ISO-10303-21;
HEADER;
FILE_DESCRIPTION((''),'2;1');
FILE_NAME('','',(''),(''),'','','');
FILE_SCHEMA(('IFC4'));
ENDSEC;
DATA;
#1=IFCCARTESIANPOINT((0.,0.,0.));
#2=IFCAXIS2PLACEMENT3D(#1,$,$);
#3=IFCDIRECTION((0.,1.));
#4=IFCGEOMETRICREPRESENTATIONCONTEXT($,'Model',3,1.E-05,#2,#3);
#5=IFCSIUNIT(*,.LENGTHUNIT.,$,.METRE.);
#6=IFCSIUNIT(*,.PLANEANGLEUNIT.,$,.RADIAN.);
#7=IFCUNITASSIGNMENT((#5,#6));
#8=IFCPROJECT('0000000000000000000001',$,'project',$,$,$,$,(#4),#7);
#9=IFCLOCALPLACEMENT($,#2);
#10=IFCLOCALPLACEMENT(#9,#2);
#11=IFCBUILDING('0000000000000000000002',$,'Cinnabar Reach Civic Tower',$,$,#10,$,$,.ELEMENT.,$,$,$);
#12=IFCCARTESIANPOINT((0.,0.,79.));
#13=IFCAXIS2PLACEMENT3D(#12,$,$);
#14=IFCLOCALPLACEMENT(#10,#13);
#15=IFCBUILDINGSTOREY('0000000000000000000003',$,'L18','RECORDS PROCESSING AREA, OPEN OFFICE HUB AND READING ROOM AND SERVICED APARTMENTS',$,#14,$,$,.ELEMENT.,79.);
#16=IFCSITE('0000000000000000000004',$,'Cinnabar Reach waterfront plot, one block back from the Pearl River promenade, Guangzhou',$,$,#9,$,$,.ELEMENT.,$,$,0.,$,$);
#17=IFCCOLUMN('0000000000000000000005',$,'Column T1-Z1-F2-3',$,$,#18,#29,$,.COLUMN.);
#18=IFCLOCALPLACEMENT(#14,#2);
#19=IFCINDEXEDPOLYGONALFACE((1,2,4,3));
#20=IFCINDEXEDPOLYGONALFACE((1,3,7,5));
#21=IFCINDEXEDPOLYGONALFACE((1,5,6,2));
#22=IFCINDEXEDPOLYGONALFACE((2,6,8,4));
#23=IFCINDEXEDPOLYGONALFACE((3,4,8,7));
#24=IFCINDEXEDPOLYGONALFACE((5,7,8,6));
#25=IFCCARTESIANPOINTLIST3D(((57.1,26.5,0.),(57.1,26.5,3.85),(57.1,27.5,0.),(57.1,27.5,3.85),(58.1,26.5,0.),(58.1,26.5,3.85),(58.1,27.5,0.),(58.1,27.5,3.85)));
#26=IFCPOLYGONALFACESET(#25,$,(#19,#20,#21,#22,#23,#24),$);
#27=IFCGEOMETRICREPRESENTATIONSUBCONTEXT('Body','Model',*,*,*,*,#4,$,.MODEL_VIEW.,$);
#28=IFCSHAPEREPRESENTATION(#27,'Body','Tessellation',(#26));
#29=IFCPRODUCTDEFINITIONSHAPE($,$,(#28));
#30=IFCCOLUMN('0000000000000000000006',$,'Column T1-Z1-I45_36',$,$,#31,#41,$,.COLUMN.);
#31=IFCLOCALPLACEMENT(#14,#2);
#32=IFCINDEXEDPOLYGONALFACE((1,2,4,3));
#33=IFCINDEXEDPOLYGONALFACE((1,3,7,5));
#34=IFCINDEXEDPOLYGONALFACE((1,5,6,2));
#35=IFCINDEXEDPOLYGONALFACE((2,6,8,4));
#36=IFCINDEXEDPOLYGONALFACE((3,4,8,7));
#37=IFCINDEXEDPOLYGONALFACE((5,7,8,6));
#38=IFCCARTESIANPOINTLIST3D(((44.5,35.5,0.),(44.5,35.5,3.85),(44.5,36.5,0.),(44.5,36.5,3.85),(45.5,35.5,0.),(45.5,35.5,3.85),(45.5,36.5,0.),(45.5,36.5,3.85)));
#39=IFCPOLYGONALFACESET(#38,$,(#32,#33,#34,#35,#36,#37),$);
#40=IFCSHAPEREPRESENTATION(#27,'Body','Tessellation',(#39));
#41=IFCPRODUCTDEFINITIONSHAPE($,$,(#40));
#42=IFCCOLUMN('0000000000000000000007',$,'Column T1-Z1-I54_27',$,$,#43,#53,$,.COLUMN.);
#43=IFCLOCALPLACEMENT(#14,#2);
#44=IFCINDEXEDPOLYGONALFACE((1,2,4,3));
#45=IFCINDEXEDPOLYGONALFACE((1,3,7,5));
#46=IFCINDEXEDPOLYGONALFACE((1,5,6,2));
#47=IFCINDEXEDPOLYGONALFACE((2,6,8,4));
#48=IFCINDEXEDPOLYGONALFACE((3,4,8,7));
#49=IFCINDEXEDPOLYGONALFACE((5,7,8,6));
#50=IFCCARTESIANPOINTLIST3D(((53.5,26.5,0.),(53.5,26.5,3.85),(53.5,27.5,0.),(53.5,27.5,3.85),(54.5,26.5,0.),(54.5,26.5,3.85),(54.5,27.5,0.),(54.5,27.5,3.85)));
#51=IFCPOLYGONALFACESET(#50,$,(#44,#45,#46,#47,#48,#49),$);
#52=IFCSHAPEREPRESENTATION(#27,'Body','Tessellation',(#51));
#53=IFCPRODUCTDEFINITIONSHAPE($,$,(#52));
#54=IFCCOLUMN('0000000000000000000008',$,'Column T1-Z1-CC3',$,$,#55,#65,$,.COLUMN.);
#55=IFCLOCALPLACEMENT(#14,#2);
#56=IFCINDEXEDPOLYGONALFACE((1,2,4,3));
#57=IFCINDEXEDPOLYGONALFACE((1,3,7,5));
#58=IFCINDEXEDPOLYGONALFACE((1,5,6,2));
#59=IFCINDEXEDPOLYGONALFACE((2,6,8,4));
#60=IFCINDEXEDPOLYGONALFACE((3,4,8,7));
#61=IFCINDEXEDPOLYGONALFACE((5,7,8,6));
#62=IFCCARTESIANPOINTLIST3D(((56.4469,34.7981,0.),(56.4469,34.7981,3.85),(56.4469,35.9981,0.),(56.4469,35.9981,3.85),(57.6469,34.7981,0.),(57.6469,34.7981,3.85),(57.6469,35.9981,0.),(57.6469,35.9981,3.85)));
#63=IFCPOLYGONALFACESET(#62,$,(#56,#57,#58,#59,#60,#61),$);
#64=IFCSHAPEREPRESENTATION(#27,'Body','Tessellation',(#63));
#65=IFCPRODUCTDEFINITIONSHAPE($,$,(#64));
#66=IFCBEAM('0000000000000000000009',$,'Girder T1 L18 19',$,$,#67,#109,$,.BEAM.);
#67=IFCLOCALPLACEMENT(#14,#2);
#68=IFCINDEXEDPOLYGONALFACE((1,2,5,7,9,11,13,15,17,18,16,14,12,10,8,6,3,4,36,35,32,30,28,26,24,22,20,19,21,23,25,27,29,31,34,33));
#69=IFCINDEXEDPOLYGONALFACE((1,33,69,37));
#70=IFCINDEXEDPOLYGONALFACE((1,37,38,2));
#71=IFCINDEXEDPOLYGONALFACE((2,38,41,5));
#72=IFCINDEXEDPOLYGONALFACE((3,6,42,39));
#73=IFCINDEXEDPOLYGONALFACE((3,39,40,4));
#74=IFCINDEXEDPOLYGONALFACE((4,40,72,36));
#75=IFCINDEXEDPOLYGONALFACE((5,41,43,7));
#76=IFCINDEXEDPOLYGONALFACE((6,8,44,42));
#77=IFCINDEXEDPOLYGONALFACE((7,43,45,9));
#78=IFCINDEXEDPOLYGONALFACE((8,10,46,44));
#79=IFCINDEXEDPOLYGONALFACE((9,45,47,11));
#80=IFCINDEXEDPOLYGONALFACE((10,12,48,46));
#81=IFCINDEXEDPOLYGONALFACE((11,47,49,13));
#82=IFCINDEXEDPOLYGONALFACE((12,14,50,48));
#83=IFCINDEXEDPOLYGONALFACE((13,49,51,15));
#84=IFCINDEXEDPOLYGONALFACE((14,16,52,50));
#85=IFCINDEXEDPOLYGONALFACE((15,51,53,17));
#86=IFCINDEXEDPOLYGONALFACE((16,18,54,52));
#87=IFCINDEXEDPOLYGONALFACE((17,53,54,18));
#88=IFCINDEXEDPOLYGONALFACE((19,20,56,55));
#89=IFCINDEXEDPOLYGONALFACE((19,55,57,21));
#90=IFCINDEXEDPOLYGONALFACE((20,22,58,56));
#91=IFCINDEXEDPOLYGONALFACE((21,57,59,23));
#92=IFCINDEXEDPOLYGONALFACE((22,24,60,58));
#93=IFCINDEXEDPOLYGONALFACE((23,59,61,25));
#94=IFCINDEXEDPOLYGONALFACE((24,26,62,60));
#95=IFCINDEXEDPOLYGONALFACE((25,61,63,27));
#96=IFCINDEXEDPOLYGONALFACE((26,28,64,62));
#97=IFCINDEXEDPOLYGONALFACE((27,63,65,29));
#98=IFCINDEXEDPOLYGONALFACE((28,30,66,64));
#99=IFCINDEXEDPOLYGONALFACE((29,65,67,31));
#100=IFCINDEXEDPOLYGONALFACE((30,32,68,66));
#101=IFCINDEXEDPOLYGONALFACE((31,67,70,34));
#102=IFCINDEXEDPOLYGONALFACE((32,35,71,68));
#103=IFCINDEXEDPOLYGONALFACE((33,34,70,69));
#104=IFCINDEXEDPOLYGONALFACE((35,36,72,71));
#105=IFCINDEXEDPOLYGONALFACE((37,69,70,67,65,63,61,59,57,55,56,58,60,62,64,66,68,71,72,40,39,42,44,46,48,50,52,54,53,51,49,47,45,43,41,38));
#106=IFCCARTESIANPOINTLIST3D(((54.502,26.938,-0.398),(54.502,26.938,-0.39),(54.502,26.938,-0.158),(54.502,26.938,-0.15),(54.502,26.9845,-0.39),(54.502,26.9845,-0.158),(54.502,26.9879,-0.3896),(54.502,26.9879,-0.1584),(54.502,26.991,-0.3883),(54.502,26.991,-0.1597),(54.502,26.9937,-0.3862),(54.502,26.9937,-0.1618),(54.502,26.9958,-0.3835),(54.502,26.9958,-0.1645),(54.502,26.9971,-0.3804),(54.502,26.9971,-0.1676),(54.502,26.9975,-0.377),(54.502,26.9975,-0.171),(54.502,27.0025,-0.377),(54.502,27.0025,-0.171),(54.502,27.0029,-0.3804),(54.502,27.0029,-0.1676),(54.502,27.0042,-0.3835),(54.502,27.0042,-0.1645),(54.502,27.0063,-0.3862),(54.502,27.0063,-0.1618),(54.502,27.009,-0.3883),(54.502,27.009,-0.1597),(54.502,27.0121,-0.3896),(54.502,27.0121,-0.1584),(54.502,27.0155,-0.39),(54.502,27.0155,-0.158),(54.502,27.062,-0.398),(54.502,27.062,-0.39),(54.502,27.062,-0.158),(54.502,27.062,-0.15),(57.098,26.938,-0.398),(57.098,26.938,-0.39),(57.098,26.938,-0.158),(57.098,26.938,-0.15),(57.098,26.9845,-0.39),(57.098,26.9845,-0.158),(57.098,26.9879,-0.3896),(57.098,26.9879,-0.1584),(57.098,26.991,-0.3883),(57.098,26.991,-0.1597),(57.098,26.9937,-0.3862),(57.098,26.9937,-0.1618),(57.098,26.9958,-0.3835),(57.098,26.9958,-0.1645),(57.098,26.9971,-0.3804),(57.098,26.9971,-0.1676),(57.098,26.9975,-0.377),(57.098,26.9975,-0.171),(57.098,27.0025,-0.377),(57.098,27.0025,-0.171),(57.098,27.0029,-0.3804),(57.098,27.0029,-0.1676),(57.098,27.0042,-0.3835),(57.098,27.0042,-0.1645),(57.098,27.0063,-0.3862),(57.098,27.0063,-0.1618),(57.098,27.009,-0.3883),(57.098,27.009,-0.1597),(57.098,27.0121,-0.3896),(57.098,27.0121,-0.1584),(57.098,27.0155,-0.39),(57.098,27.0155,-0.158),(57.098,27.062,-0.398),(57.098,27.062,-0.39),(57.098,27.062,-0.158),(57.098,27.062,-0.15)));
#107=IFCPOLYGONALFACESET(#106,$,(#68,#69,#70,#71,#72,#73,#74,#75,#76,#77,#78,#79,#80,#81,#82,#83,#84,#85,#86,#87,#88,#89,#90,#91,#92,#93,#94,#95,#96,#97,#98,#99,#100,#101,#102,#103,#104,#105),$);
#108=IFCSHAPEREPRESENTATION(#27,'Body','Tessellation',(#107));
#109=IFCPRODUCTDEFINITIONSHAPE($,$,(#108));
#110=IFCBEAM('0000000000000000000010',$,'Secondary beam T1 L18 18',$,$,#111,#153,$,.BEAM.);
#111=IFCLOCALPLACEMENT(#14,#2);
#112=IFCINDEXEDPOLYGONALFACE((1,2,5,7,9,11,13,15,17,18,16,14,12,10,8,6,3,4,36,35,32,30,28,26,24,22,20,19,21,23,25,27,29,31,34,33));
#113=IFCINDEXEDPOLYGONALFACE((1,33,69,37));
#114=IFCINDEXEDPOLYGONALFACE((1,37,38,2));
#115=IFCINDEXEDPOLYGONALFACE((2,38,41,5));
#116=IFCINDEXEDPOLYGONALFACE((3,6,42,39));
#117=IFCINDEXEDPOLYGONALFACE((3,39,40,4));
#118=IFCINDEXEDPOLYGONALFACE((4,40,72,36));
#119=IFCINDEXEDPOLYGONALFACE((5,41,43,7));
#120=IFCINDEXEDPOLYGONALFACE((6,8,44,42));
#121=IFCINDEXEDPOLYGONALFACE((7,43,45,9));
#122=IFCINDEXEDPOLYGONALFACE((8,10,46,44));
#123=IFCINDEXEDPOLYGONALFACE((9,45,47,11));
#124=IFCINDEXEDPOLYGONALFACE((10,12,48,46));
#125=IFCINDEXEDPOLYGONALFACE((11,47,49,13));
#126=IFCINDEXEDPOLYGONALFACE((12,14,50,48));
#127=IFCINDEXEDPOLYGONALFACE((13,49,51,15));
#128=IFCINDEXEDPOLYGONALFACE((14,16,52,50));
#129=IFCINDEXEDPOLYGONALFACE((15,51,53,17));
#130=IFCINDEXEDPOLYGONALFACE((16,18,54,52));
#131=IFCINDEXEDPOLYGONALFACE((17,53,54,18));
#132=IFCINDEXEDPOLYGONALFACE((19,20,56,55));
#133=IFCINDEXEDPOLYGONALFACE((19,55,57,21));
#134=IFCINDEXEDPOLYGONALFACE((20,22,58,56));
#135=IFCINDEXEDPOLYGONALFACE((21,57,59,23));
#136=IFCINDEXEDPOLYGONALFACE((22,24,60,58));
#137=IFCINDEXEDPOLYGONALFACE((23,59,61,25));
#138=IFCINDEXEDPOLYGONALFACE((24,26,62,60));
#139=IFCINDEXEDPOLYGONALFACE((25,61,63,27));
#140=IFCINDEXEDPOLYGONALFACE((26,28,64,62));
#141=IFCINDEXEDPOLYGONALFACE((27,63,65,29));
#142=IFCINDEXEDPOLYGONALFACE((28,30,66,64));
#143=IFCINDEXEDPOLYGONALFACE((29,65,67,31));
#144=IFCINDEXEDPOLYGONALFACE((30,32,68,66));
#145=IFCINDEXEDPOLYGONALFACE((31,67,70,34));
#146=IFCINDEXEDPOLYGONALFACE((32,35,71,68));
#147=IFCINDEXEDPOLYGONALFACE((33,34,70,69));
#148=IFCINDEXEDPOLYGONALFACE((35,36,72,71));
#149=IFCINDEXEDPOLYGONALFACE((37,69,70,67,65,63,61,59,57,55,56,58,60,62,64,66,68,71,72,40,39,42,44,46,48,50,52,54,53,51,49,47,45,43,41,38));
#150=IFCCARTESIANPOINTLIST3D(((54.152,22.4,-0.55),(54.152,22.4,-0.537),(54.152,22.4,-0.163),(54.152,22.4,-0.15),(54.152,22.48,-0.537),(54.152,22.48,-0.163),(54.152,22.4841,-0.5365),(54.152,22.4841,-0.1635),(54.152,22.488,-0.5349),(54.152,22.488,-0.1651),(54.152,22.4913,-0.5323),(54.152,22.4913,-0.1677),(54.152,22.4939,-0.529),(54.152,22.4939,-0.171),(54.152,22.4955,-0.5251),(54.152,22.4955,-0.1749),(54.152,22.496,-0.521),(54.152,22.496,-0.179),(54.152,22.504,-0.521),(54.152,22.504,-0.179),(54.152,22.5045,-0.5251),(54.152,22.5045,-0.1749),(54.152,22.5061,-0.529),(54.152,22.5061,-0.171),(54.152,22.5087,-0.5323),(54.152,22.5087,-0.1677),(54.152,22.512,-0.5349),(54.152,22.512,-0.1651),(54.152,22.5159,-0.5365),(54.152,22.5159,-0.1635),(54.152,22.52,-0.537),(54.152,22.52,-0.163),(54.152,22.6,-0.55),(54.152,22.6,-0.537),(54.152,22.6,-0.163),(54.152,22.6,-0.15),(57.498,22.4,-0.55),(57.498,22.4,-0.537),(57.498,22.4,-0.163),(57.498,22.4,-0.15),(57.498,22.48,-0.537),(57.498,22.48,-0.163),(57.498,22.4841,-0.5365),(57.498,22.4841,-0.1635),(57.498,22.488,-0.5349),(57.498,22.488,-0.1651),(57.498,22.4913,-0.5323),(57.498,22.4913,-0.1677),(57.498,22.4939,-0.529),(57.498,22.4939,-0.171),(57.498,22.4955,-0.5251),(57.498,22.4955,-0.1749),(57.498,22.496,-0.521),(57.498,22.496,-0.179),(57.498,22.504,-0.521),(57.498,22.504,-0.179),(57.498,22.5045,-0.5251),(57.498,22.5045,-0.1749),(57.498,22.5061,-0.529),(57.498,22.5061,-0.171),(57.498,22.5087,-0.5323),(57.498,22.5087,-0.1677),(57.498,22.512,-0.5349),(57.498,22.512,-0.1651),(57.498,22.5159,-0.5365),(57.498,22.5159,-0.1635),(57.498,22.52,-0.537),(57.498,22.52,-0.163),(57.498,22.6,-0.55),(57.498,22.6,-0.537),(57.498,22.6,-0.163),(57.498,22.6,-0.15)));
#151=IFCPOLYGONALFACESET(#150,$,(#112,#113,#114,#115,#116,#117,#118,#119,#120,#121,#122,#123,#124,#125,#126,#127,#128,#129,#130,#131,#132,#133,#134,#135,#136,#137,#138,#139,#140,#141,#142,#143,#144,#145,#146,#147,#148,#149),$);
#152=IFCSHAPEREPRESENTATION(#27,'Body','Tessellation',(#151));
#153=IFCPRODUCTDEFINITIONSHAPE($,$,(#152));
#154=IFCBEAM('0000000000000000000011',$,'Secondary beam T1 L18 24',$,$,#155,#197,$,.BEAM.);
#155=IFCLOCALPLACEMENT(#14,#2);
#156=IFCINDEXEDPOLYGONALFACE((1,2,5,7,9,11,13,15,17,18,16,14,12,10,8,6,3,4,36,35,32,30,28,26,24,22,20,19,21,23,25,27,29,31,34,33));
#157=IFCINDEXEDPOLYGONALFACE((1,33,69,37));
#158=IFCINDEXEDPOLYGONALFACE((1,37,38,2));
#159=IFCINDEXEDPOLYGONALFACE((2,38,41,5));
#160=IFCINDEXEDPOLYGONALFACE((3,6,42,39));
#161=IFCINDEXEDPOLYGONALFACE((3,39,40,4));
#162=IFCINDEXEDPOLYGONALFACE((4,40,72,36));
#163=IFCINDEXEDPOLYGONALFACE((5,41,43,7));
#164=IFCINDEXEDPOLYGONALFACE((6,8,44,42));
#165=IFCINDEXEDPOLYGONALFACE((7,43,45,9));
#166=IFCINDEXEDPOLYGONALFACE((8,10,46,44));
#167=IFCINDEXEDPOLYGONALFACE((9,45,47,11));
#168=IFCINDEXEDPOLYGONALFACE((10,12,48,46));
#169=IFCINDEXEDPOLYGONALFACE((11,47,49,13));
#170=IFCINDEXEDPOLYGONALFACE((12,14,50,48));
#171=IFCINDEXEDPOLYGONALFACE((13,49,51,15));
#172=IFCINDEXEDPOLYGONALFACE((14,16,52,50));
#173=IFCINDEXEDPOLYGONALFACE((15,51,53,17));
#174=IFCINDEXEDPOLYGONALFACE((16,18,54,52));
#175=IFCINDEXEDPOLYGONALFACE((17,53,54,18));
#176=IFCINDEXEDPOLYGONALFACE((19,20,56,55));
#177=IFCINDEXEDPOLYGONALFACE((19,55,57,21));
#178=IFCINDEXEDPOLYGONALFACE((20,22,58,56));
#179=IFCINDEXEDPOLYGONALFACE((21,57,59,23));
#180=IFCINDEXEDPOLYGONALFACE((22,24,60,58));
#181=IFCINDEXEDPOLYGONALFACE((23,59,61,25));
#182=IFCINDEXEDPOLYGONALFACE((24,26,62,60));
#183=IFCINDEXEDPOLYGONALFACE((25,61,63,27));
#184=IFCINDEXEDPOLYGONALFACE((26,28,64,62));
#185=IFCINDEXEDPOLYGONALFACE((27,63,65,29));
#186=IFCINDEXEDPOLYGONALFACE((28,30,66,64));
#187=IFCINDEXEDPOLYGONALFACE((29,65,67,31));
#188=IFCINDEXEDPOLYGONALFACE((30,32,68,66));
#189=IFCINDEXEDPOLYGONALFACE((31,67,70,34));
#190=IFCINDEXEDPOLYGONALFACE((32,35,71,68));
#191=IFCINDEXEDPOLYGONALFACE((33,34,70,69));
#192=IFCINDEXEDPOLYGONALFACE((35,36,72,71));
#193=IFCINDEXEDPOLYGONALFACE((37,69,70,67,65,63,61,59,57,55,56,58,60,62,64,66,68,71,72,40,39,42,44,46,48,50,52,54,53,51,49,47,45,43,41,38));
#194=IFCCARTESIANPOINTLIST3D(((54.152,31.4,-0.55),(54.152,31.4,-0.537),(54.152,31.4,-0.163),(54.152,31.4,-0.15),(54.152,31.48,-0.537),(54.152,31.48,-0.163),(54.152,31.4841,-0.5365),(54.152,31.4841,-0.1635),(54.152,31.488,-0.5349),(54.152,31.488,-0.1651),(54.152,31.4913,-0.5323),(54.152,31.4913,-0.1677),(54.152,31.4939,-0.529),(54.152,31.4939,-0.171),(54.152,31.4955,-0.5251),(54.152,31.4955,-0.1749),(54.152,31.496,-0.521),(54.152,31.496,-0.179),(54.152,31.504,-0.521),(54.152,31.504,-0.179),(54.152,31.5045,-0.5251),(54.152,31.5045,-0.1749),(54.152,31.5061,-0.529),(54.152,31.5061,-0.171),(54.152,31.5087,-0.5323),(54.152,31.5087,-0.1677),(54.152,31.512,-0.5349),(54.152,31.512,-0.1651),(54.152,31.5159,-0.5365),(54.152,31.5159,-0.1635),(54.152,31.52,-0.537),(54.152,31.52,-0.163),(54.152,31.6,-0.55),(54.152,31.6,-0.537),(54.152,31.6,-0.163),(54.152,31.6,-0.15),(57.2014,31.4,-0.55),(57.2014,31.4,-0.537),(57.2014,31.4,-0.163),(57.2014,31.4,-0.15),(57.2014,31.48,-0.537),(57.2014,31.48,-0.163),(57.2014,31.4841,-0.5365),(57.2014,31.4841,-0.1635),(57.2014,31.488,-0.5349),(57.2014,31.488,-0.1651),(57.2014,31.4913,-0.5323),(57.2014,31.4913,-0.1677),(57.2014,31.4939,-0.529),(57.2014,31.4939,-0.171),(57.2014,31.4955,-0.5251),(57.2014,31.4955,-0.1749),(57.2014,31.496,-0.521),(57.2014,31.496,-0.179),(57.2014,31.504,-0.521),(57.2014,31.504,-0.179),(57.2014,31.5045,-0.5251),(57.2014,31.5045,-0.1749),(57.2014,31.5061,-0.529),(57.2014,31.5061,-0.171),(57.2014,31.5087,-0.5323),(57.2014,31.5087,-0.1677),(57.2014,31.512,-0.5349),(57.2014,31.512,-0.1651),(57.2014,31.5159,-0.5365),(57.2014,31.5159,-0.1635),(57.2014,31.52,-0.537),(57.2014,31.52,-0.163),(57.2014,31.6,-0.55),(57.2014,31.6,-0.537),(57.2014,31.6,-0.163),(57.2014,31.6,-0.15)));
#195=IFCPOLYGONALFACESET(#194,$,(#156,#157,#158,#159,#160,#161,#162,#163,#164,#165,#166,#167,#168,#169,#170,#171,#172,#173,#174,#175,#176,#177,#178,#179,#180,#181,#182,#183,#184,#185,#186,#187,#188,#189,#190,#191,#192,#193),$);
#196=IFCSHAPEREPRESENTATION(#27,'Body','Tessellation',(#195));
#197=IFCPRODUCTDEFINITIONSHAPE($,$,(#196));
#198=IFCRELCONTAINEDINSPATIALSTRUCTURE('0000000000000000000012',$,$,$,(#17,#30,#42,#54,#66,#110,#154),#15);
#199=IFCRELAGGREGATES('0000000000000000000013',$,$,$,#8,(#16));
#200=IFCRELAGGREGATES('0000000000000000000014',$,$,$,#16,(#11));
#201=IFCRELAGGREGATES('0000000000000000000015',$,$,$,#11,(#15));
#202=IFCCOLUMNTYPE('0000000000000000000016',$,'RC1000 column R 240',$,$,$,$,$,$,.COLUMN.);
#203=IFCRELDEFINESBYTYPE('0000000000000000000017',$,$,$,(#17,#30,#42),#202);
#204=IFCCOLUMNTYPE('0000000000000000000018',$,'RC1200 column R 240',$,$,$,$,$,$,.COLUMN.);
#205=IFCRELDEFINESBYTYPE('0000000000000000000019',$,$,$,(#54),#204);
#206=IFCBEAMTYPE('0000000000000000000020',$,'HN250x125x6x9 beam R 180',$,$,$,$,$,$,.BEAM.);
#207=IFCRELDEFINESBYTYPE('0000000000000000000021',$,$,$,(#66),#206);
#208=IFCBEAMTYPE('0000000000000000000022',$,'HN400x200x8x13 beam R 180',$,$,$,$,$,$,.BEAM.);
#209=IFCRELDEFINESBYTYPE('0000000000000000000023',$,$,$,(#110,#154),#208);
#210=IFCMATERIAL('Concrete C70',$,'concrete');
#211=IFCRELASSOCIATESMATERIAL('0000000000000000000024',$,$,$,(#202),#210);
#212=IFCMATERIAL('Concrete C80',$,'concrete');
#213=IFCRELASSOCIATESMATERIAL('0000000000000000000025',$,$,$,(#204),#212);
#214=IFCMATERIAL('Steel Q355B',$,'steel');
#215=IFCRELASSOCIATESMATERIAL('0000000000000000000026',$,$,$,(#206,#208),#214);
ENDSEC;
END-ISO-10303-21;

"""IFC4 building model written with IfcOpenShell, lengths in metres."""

from ifc_helpers import new_model, si_unit, direction, frame, origin, origin_2d, place, context, subcontext, project, spatial, rectangle, i_section, extrude, material, material_profile, profile_set, type_object, element, save


model = new_model("IFC4")

# Units and contexts
model_context = context("Model", 3, precision=1e-05, world=origin(), true_north=direction((0.0, 1.0)))
body_context = subcontext(model_context, "Body", "Model", "MODEL_VIEW")
ifc_project = project(units=[si_unit("LENGTHUNIT", "METRE"), si_unit("PLANEANGLEUNIT", "RADIAN")], contexts=[model_context])

# Site, building, storey
site_placement = place(None, origin())
site = spatial("IfcSite", under=ifc_project, at=site_placement, Name="Cinnabar Reach waterfront plot, one block back from the Pearl River promenade, Guangzhou", CompositionType="ELEMENT", RefElevation=0.0)
building_placement = place(site_placement, origin())
building = spatial("IfcBuilding", under=site, at=building_placement, Name="Cinnabar Reach Civic Tower", CompositionType="ELEMENT")
storey_placement = place(building_placement, frame((0.0, 0.0, 79.0)))
storey = spatial("IfcBuildingStorey", under=building, at=storey_placement, Name="L18", Description="RECORDS PROCESSING AREA, OPEN OFFICE HUB AND READING ROOM AND SERVICED APARTMENTS", CompositionType="ELEMENT", Elevation=79.0)

# Columns
ifc_material_1 = material(Name="Concrete C70", Category="concrete")
ifc_material_profile_1 = material_profile(ifc_material_1, rectangle(XDim=1.0, YDim=1.0, at=origin_2d()), Name="RC1000")
ifc_profile_set_1 = profile_set([ifc_material_profile_1], Name="Concrete C70")
column_type_1 = type_object("IfcColumnType", Name="RC1000 column R 240", PredefinedType="COLUMN", material=ifc_profile_set_1)
for number, where, z_axis, x_axis, name in (
    (1, (57.6, 27.0, 0.0), (0.0, 0.0, 1.0), (1.0, 0.0, 0.0), "Column T1-Z1-F2-3"),
    (2, (45.0, 36.0, 0.0), (0.0, 0.0, 1.0), (1.0, 0.0, 0.0), "Column T1-Z1-I45_36"),
    (3, (54.0, 27.0, 0.0), (0.0, 0.0, 1.0), (1.0, 0.0, 0.0), "Column T1-Z1-I54_27"),
):
    element("IfcColumn", number, at=place(storey_placement, frame(where, z_axis=z_axis, x_axis=x_axis)), inside=storey, type_object=column_type_1, Name=name, PredefinedType="COLUMN", context=body_context, shape_type="SweptSolid", body=[
        extrude(rectangle(XDim=1.0, YDim=1.0, at=origin_2d()), origin(), (0.0, 0.0, 1.0), 3.85),
    ])
ifc_material_2 = material(Name="Concrete C80", Category="concrete")
ifc_material_profile_2 = material_profile(ifc_material_2, rectangle(XDim=1.2, YDim=1.2, at=origin_2d()), Name="RC1200")
ifc_profile_set_2 = profile_set([ifc_material_profile_2], Name="Concrete C80")
column_type_2 = type_object("IfcColumnType", Name="RC1200 column R 240", PredefinedType="COLUMN", material=ifc_profile_set_2)
column_placement = place(storey_placement, frame((57.0469, 35.3981, 0.0), z_axis=(0.0, 0.0, 1.0), x_axis=(1.0, 0.0, 0.0)))
element("IfcColumn", 4, at=column_placement, inside=storey, type_object=column_type_2, Name="Column T1-Z1-CC3", PredefinedType="COLUMN", context=body_context, shape_type="SweptSolid", body=[
    extrude(rectangle(XDim=1.2, YDim=1.2, at=origin_2d()), origin(), (0.0, 0.0, 1.0), 3.85),
])

# Beams
ifc_material_3 = material(Name="Steel Q355B", Category="steel")
ifc_material_profile_3 = material_profile(ifc_material_3, i_section(OverallWidth=0.124, OverallDepth=0.248, WebThickness=0.005, FlangeThickness=0.008, FilletRadius=0.013, at=origin_2d()), Name="HN250x125x6x9")
ifc_profile_set_3 = profile_set([ifc_material_profile_3], Name="Steel Q355B")
beam_type_1 = type_object("IfcBeamType", Name="HN250x125x6x9 beam R 180", PredefinedType="BEAM", material=ifc_profile_set_3)
beam_1_placement = place(storey_placement, frame((54.502, 27.0, -0.274), z_axis=(1.0, 0.0, 0.0), x_axis=(0.0, 1.0, 0.0)))
element("IfcBeam", 5, at=beam_1_placement, inside=storey, type_object=beam_type_1, Name="Girder T1 L18 19", PredefinedType="BEAM", context=body_context, shape_type="SweptSolid", body=[
    extrude(i_section(OverallWidth=0.124, OverallDepth=0.248, WebThickness=0.005, FlangeThickness=0.008, FilletRadius=0.013, at=origin_2d()), origin(), (0.0, 0.0, 1.0), 2.596),
])
ifc_material_profile_4 = material_profile(ifc_material_3, i_section(OverallWidth=0.2, OverallDepth=0.4, WebThickness=0.008, FlangeThickness=0.013, FilletRadius=0.016, at=origin_2d()), Name="HN400x200x8x13")
ifc_profile_set_4 = profile_set([ifc_material_profile_4], Name="Steel Q355B")
beam_type_2 = type_object("IfcBeamType", Name="HN400x200x8x13 beam R 180", PredefinedType="BEAM", material=ifc_profile_set_4)
beam_2_placement = place(storey_placement, frame((54.152, 22.5, -0.35), z_axis=(1.0, 0.0, 0.0), x_axis=(0.0, 1.0, 0.0)))
element("IfcBeam", 6, at=beam_2_placement, inside=storey, type_object=beam_type_2, Name="Secondary beam T1 L18 18", PredefinedType="BEAM", context=body_context, shape_type="SweptSolid", body=[
    extrude(i_section(OverallWidth=0.2, OverallDepth=0.4, WebThickness=0.008, FlangeThickness=0.013, FilletRadius=0.016, at=origin_2d()), origin(), (0.0, 0.0, 1.0), 3.346),
])
beam_3_placement = place(storey_placement, frame((54.152, 31.5, -0.35), z_axis=(1.0, 0.0, 0.0), x_axis=(0.0, 1.0, 0.0)))
element("IfcBeam", 7, at=beam_3_placement, inside=storey, type_object=beam_type_2, Name="Secondary beam T1 L18 24", PredefinedType="BEAM", context=body_context, shape_type="SweptSolid", body=[
    extrude(i_section(OverallWidth=0.2, OverallDepth=0.4, WebThickness=0.008, FlangeThickness=0.013, FilletRadius=0.016, at=origin_2d()), origin(), (0.0, 0.0, 1.0), 3.0494),
])

save(model, "model.ifc")
